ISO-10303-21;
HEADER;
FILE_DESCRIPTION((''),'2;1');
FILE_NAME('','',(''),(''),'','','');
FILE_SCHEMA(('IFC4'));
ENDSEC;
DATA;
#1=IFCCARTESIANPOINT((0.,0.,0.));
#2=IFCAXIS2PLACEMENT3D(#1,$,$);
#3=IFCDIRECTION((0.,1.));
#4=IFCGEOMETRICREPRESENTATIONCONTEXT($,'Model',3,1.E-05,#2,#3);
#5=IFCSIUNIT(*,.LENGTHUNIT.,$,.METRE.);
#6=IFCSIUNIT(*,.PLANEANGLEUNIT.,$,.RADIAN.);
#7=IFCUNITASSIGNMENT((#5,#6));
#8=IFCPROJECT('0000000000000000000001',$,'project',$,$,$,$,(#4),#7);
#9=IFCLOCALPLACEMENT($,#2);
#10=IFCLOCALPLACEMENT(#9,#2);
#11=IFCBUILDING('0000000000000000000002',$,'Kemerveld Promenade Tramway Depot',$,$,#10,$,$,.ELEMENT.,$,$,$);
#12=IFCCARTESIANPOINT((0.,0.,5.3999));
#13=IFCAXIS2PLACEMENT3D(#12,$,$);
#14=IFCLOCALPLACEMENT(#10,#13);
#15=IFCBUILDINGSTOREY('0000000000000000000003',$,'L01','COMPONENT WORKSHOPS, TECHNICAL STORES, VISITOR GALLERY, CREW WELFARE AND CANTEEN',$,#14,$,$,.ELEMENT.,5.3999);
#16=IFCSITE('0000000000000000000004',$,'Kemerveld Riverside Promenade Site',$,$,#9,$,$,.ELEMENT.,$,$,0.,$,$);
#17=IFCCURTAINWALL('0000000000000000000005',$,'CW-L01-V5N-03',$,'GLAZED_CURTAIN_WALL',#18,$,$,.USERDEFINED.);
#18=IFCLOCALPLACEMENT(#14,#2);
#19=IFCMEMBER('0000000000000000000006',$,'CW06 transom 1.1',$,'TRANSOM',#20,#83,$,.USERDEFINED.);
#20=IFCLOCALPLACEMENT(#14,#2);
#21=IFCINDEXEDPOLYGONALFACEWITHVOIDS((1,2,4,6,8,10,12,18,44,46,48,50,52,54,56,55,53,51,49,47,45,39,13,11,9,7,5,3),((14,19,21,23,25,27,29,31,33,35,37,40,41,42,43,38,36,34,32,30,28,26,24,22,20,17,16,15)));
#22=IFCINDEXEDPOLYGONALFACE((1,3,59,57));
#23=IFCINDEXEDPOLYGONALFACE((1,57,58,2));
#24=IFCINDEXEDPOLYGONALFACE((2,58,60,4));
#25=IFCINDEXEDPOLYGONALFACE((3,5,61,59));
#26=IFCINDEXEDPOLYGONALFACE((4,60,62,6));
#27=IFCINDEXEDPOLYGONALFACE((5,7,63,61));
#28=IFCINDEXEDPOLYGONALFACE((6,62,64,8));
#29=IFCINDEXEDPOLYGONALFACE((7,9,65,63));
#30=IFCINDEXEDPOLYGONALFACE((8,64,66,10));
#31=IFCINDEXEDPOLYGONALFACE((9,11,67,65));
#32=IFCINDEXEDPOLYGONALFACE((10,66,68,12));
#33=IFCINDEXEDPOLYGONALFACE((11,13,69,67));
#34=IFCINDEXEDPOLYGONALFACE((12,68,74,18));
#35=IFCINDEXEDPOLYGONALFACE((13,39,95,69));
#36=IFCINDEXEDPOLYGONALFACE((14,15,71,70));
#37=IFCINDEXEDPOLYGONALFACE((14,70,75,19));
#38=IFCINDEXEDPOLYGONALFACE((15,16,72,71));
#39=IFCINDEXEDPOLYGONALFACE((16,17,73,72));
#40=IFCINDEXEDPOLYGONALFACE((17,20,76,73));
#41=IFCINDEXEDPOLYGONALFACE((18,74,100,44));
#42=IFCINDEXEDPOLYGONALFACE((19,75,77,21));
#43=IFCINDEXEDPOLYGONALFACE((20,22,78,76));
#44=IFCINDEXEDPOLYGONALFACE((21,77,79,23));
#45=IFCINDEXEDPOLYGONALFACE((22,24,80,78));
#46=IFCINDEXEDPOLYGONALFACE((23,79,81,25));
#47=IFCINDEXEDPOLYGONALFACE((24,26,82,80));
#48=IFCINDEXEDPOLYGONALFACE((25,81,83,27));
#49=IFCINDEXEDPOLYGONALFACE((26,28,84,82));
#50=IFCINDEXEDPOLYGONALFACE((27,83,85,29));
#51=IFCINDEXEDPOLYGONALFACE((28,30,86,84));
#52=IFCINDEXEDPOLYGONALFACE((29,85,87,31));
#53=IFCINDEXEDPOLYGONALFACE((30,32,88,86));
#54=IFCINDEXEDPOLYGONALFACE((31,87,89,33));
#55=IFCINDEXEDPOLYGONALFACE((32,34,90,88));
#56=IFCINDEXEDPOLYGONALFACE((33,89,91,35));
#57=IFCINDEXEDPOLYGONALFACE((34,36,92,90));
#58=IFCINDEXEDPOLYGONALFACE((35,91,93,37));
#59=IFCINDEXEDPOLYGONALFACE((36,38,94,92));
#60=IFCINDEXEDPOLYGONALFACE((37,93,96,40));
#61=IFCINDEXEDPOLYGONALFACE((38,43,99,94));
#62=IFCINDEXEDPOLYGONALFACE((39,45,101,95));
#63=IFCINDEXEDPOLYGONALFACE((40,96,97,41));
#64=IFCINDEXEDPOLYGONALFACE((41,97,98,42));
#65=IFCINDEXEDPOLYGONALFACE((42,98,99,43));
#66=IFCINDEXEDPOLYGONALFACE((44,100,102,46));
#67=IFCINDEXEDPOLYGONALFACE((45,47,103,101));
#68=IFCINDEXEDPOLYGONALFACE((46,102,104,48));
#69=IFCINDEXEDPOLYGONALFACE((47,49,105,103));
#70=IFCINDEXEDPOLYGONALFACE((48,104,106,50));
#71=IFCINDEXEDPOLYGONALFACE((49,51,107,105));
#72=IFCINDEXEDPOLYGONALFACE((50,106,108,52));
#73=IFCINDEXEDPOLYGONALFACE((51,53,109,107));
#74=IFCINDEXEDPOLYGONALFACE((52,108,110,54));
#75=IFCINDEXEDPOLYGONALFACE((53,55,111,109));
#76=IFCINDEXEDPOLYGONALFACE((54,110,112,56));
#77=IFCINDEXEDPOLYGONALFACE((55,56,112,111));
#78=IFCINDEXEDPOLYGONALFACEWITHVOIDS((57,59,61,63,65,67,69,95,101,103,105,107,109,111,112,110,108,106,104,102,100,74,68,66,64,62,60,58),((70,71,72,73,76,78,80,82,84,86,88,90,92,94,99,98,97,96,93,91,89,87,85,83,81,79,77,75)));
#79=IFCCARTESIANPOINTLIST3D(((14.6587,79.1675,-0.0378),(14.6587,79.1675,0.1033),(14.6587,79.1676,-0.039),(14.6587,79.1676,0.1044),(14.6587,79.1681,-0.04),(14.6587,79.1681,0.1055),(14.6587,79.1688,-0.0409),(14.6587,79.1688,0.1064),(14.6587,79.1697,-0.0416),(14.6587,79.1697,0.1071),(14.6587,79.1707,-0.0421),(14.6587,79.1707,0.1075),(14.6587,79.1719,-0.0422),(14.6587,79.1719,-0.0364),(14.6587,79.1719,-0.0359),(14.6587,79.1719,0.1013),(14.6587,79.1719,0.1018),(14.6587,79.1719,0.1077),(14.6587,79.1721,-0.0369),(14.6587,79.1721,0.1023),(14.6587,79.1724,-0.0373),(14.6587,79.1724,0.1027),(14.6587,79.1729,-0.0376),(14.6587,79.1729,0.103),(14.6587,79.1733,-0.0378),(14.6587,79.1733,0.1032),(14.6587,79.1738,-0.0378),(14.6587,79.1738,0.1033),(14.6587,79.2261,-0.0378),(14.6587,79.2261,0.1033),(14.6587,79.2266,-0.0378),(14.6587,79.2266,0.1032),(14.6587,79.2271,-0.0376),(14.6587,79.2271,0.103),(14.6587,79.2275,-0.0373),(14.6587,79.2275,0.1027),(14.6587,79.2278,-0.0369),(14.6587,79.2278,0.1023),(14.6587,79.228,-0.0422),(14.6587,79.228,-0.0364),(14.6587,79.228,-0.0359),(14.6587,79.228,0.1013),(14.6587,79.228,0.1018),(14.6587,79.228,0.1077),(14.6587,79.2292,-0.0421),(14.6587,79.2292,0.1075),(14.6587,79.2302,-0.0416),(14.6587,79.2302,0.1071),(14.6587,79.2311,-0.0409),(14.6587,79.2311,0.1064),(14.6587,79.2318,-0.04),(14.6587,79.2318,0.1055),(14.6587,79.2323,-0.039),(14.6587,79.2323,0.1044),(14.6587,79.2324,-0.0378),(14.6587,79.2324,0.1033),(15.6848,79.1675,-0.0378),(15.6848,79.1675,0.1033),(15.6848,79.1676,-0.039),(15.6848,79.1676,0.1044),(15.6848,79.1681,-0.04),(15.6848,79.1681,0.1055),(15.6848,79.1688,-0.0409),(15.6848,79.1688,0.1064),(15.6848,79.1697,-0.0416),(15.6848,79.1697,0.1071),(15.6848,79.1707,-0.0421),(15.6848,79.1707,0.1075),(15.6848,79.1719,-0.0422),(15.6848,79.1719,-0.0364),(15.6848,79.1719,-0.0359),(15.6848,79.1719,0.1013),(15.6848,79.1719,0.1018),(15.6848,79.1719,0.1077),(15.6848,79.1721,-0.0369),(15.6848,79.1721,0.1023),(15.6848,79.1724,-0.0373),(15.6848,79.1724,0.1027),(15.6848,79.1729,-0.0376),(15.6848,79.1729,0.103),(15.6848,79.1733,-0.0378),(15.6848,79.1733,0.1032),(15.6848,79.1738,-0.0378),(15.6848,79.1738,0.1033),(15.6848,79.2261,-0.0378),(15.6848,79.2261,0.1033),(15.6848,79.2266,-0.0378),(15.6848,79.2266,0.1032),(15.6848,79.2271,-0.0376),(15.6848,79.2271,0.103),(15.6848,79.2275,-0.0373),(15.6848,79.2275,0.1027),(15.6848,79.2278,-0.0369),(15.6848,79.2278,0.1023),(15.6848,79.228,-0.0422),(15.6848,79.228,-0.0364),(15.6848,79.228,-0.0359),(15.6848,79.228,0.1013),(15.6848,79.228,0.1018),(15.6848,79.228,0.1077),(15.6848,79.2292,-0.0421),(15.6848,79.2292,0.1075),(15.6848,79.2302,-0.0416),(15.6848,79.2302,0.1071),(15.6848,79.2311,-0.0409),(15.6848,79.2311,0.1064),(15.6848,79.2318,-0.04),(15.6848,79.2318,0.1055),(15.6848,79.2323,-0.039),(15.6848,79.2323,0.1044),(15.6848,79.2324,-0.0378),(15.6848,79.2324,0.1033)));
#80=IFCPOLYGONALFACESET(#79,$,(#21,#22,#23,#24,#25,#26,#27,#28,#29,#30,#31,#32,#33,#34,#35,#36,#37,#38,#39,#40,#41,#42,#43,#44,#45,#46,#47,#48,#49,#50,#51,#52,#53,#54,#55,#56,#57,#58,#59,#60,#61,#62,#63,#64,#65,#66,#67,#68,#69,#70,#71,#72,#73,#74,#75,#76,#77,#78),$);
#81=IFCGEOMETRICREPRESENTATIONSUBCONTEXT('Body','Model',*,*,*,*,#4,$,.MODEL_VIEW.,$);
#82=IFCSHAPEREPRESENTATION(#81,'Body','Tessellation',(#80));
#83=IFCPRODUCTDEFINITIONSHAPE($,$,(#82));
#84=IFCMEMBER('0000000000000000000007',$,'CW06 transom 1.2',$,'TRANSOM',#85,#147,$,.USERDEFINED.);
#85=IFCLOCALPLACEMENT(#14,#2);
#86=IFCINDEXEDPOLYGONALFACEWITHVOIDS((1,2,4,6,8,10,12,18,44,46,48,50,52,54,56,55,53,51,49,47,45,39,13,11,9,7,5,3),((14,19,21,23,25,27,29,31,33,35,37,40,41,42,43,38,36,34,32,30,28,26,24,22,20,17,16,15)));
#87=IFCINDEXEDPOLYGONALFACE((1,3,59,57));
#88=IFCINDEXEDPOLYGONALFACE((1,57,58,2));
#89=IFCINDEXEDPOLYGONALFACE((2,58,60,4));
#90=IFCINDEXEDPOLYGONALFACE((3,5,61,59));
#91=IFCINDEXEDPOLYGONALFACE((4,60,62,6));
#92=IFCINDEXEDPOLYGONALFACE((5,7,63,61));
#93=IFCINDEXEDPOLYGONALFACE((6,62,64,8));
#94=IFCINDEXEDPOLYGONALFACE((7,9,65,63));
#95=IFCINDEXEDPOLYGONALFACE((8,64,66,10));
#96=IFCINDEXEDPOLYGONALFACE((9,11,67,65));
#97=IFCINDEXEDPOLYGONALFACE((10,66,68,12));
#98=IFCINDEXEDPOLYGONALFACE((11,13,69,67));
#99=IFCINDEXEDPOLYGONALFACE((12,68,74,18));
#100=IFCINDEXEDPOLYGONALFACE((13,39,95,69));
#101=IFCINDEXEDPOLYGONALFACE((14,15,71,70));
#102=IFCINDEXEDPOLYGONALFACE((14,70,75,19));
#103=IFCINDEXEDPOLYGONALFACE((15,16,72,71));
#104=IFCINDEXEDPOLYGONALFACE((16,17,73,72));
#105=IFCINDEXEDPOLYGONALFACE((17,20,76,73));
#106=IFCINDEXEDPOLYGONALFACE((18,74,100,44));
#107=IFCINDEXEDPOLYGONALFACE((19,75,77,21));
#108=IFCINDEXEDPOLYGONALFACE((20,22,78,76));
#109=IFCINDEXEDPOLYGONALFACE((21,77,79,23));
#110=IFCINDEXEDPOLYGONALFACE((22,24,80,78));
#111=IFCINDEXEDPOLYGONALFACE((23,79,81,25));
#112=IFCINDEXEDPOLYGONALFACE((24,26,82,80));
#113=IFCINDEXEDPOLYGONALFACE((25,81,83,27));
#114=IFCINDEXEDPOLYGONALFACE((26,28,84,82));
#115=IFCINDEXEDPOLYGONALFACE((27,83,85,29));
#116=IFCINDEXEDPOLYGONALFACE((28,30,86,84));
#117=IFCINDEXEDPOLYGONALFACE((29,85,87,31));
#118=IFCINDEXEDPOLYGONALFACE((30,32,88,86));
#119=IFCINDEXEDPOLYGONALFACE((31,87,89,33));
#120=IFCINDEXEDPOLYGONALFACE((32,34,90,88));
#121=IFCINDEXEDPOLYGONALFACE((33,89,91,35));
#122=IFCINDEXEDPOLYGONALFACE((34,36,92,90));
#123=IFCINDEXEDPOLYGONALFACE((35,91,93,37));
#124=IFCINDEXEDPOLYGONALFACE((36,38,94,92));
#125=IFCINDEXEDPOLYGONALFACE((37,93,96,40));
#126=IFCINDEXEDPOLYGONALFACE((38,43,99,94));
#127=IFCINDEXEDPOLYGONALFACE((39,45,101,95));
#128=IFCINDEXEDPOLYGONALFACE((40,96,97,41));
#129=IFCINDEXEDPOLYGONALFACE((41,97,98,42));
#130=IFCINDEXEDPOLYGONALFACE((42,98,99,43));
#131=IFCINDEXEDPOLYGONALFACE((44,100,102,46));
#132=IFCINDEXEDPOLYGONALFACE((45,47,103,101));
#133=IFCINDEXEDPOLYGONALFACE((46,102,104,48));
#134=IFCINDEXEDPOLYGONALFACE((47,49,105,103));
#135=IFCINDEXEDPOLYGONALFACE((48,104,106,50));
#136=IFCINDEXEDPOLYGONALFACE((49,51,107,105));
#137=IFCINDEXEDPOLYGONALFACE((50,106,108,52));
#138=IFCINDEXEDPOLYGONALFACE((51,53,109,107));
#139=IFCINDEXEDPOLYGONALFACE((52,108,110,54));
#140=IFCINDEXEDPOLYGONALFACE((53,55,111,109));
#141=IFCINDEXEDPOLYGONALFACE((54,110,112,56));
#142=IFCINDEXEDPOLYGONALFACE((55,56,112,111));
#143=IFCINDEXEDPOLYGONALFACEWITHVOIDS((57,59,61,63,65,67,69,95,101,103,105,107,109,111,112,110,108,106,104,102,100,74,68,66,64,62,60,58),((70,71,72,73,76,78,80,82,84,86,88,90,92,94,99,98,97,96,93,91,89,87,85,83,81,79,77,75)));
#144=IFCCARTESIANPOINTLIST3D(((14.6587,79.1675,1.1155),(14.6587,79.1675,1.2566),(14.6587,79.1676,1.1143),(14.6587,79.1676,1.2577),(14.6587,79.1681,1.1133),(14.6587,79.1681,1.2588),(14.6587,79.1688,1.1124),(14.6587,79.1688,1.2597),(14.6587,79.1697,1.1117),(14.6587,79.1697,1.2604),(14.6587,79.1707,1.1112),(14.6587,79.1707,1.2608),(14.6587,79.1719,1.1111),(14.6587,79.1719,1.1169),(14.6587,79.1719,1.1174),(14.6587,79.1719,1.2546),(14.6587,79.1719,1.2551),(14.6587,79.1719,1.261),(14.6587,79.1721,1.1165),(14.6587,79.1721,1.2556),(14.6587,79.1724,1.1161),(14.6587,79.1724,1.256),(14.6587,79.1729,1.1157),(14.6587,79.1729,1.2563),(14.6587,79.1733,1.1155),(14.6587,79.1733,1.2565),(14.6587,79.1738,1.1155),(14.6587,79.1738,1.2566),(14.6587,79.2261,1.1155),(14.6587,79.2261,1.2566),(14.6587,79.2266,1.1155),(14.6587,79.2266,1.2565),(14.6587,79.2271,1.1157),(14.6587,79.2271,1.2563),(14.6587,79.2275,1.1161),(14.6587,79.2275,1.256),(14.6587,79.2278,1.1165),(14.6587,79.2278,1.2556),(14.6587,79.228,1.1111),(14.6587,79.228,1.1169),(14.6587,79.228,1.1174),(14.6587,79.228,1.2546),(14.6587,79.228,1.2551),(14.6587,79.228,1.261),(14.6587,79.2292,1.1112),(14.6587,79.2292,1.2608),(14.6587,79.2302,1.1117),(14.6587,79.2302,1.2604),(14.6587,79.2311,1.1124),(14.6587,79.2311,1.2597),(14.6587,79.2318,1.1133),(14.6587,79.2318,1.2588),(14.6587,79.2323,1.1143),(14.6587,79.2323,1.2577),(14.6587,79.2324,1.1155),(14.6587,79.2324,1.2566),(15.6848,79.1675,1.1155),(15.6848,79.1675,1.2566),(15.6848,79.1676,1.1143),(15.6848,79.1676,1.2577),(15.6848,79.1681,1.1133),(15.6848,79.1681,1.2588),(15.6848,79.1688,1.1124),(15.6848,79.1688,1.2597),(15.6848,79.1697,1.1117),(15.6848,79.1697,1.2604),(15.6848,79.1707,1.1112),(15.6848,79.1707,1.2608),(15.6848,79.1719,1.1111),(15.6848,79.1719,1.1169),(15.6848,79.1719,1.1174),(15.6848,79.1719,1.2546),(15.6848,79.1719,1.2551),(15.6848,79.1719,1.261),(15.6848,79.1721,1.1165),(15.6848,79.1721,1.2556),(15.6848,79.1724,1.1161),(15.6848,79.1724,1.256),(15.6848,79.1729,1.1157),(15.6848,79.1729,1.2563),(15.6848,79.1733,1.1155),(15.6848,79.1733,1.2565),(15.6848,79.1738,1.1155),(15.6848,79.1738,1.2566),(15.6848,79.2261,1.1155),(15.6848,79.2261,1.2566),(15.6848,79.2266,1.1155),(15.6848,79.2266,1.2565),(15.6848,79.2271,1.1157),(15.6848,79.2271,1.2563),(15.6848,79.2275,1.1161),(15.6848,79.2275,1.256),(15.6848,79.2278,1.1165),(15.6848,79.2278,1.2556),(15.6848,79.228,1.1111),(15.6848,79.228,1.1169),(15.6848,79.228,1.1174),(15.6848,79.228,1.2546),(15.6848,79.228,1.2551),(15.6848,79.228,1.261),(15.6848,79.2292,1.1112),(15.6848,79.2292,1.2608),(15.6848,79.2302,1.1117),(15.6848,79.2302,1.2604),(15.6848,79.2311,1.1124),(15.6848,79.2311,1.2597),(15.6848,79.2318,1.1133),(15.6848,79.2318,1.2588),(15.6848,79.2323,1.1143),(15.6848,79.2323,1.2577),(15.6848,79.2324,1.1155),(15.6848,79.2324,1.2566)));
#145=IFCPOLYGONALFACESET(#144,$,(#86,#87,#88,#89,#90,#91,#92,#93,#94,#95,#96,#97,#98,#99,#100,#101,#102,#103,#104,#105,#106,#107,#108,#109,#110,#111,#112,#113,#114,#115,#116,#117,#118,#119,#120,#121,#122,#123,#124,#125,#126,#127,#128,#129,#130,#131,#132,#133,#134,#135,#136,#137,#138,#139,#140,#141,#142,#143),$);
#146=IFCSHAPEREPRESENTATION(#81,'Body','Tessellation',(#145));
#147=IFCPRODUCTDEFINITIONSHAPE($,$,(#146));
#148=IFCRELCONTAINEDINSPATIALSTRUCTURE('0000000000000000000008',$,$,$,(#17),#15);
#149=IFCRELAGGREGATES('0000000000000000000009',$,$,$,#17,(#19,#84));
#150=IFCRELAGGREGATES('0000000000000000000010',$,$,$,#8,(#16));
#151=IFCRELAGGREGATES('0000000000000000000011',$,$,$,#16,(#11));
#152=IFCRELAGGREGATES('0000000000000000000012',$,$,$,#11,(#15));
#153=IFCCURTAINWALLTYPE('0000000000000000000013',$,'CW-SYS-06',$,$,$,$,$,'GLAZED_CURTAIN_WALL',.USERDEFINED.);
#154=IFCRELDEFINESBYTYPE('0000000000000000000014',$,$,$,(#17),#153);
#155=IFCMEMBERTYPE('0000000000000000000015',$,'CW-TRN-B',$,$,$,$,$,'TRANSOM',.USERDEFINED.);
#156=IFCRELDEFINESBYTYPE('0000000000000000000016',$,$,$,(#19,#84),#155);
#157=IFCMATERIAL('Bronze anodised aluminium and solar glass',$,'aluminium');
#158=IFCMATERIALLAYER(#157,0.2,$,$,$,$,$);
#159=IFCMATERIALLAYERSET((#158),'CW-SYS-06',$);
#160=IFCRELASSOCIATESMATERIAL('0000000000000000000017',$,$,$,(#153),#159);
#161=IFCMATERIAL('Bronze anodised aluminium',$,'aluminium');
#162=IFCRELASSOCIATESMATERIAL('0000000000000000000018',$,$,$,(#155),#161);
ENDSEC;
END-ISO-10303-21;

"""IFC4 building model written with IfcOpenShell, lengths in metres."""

from ifc_helpers import new_model, si_unit, direction, frame, origin, origin_2d, place, context, subcontext, project, spatial, hollow_rectangle, extrude, material, layer, layer_set, material_profile, profile_set, type_object, element, aggregate, save


model = new_model("IFC4")

# Units and contexts
model_context = context("Model", 3, precision=1e-05, world=origin(), true_north=direction((0.0, 1.0)))
body_context = subcontext(model_context, "Body", "Model", "MODEL_VIEW")
ifc_project = project(units=[si_unit("LENGTHUNIT", "METRE"), si_unit("PLANEANGLEUNIT", "RADIAN")], contexts=[model_context])

# Site, building, storey
site_placement = place(None, origin())
site = spatial("IfcSite", under=ifc_project, at=site_placement, Name="Kemerveld Riverside Promenade Site", CompositionType="ELEMENT", RefElevation=0.0)
building_placement = place(site_placement, origin())
building = spatial("IfcBuilding", under=site, at=building_placement, Name="Kemerveld Promenade Tramway Depot", CompositionType="ELEMENT")
storey_placement = place(building_placement, frame((0.0, 0.0, 5.3999)))
storey = spatial("IfcBuildingStorey", under=building, at=storey_placement, Name="L01", Description="COMPONENT WORKSHOPS, TECHNICAL STORES, VISITOR GALLERY, CREW WELFARE AND CANTEEN", CompositionType="ELEMENT", Elevation=5.3999)

# Curtain wall
ifc_material_1 = material(Name="Bronze anodised aluminium and solar glass", Category="aluminium")
ifc_material_2 = material(Name="Bronze anodised aluminium", Category="aluminium")
ifc_layer_1 = layer(ifc_material_1, 0.2)
ifc_layer_set_1 = layer_set([ifc_layer_1], Name="CW-SYS-06")
curtain_wall_type_1 = type_object("IfcCurtainWallType", Name="CW-SYS-06", ElementType="GLAZED_CURTAIN_WALL", PredefinedType="USERDEFINED", material=ifc_layer_set_1)
curtain_wall_1_placement = place(storey_placement, origin())
curtain_wall_1 = element("IfcCurtainWall", 1, at=curtain_wall_1_placement, inside=storey, type_object=curtain_wall_type_1, Name="CW-L01-V5N-03", ObjectType="GLAZED_CURTAIN_WALL", PredefinedType="USERDEFINED")

# Members
ifc_material_profile_1 = material_profile(ifc_material_2, hollow_rectangle(XDim=0.0649, YDim=0.1499, WallThickness=0.0044, InnerFilletRadius=0.002, OuterFilletRadius=0.0044, at=origin_2d()), Name="CW-TRN-150x65")
ifc_profile_set_1 = profile_set([ifc_material_profile_1], Name="Bronze anodised aluminium")
member_type_1 = type_object("IfcMemberType", Name="CW-TRN-B", ElementType="TRANSOM", PredefinedType="USERDEFINED", material=ifc_profile_set_1)
member_1_placement = place(storey_placement, frame((14.6587, 79.2, 0.0327), z_axis=(1.0, 0.0, 0.0), x_axis=(0.0, 1.0, 0.0)))
member_1 = element("IfcMember", 2, at=member_1_placement, type_object=member_type_1, Name="CW06 transom 1.1", ObjectType="TRANSOM", PredefinedType="USERDEFINED", context=body_context, shape_type="SweptSolid", body=[
    extrude(hollow_rectangle(XDim=0.0649, YDim=0.1499, WallThickness=0.0044, InnerFilletRadius=0.002, OuterFilletRadius=0.0044, at=origin_2d()), origin(), (0.0, 0.0, 1.0), 1.0261),
])
member_2_placement = place(storey_placement, frame((14.6587, 79.2, 1.186), z_axis=(1.0, 0.0, 0.0), x_axis=(0.0, 1.0, 0.0)))
member_2 = element("IfcMember", 3, at=member_2_placement, type_object=member_type_1, Name="CW06 transom 1.2", ObjectType="TRANSOM", PredefinedType="USERDEFINED", context=body_context, shape_type="SweptSolid", body=[
    extrude(hollow_rectangle(XDim=0.0649, YDim=0.1499, WallThickness=0.0044, InnerFilletRadius=0.002, OuterFilletRadius=0.0044, at=origin_2d()), origin(), (0.0, 0.0, 1.0), 1.0261),
])

aggregate(curtain_wall_1, [member_1, member_2])

save(model, "model.ifc")
